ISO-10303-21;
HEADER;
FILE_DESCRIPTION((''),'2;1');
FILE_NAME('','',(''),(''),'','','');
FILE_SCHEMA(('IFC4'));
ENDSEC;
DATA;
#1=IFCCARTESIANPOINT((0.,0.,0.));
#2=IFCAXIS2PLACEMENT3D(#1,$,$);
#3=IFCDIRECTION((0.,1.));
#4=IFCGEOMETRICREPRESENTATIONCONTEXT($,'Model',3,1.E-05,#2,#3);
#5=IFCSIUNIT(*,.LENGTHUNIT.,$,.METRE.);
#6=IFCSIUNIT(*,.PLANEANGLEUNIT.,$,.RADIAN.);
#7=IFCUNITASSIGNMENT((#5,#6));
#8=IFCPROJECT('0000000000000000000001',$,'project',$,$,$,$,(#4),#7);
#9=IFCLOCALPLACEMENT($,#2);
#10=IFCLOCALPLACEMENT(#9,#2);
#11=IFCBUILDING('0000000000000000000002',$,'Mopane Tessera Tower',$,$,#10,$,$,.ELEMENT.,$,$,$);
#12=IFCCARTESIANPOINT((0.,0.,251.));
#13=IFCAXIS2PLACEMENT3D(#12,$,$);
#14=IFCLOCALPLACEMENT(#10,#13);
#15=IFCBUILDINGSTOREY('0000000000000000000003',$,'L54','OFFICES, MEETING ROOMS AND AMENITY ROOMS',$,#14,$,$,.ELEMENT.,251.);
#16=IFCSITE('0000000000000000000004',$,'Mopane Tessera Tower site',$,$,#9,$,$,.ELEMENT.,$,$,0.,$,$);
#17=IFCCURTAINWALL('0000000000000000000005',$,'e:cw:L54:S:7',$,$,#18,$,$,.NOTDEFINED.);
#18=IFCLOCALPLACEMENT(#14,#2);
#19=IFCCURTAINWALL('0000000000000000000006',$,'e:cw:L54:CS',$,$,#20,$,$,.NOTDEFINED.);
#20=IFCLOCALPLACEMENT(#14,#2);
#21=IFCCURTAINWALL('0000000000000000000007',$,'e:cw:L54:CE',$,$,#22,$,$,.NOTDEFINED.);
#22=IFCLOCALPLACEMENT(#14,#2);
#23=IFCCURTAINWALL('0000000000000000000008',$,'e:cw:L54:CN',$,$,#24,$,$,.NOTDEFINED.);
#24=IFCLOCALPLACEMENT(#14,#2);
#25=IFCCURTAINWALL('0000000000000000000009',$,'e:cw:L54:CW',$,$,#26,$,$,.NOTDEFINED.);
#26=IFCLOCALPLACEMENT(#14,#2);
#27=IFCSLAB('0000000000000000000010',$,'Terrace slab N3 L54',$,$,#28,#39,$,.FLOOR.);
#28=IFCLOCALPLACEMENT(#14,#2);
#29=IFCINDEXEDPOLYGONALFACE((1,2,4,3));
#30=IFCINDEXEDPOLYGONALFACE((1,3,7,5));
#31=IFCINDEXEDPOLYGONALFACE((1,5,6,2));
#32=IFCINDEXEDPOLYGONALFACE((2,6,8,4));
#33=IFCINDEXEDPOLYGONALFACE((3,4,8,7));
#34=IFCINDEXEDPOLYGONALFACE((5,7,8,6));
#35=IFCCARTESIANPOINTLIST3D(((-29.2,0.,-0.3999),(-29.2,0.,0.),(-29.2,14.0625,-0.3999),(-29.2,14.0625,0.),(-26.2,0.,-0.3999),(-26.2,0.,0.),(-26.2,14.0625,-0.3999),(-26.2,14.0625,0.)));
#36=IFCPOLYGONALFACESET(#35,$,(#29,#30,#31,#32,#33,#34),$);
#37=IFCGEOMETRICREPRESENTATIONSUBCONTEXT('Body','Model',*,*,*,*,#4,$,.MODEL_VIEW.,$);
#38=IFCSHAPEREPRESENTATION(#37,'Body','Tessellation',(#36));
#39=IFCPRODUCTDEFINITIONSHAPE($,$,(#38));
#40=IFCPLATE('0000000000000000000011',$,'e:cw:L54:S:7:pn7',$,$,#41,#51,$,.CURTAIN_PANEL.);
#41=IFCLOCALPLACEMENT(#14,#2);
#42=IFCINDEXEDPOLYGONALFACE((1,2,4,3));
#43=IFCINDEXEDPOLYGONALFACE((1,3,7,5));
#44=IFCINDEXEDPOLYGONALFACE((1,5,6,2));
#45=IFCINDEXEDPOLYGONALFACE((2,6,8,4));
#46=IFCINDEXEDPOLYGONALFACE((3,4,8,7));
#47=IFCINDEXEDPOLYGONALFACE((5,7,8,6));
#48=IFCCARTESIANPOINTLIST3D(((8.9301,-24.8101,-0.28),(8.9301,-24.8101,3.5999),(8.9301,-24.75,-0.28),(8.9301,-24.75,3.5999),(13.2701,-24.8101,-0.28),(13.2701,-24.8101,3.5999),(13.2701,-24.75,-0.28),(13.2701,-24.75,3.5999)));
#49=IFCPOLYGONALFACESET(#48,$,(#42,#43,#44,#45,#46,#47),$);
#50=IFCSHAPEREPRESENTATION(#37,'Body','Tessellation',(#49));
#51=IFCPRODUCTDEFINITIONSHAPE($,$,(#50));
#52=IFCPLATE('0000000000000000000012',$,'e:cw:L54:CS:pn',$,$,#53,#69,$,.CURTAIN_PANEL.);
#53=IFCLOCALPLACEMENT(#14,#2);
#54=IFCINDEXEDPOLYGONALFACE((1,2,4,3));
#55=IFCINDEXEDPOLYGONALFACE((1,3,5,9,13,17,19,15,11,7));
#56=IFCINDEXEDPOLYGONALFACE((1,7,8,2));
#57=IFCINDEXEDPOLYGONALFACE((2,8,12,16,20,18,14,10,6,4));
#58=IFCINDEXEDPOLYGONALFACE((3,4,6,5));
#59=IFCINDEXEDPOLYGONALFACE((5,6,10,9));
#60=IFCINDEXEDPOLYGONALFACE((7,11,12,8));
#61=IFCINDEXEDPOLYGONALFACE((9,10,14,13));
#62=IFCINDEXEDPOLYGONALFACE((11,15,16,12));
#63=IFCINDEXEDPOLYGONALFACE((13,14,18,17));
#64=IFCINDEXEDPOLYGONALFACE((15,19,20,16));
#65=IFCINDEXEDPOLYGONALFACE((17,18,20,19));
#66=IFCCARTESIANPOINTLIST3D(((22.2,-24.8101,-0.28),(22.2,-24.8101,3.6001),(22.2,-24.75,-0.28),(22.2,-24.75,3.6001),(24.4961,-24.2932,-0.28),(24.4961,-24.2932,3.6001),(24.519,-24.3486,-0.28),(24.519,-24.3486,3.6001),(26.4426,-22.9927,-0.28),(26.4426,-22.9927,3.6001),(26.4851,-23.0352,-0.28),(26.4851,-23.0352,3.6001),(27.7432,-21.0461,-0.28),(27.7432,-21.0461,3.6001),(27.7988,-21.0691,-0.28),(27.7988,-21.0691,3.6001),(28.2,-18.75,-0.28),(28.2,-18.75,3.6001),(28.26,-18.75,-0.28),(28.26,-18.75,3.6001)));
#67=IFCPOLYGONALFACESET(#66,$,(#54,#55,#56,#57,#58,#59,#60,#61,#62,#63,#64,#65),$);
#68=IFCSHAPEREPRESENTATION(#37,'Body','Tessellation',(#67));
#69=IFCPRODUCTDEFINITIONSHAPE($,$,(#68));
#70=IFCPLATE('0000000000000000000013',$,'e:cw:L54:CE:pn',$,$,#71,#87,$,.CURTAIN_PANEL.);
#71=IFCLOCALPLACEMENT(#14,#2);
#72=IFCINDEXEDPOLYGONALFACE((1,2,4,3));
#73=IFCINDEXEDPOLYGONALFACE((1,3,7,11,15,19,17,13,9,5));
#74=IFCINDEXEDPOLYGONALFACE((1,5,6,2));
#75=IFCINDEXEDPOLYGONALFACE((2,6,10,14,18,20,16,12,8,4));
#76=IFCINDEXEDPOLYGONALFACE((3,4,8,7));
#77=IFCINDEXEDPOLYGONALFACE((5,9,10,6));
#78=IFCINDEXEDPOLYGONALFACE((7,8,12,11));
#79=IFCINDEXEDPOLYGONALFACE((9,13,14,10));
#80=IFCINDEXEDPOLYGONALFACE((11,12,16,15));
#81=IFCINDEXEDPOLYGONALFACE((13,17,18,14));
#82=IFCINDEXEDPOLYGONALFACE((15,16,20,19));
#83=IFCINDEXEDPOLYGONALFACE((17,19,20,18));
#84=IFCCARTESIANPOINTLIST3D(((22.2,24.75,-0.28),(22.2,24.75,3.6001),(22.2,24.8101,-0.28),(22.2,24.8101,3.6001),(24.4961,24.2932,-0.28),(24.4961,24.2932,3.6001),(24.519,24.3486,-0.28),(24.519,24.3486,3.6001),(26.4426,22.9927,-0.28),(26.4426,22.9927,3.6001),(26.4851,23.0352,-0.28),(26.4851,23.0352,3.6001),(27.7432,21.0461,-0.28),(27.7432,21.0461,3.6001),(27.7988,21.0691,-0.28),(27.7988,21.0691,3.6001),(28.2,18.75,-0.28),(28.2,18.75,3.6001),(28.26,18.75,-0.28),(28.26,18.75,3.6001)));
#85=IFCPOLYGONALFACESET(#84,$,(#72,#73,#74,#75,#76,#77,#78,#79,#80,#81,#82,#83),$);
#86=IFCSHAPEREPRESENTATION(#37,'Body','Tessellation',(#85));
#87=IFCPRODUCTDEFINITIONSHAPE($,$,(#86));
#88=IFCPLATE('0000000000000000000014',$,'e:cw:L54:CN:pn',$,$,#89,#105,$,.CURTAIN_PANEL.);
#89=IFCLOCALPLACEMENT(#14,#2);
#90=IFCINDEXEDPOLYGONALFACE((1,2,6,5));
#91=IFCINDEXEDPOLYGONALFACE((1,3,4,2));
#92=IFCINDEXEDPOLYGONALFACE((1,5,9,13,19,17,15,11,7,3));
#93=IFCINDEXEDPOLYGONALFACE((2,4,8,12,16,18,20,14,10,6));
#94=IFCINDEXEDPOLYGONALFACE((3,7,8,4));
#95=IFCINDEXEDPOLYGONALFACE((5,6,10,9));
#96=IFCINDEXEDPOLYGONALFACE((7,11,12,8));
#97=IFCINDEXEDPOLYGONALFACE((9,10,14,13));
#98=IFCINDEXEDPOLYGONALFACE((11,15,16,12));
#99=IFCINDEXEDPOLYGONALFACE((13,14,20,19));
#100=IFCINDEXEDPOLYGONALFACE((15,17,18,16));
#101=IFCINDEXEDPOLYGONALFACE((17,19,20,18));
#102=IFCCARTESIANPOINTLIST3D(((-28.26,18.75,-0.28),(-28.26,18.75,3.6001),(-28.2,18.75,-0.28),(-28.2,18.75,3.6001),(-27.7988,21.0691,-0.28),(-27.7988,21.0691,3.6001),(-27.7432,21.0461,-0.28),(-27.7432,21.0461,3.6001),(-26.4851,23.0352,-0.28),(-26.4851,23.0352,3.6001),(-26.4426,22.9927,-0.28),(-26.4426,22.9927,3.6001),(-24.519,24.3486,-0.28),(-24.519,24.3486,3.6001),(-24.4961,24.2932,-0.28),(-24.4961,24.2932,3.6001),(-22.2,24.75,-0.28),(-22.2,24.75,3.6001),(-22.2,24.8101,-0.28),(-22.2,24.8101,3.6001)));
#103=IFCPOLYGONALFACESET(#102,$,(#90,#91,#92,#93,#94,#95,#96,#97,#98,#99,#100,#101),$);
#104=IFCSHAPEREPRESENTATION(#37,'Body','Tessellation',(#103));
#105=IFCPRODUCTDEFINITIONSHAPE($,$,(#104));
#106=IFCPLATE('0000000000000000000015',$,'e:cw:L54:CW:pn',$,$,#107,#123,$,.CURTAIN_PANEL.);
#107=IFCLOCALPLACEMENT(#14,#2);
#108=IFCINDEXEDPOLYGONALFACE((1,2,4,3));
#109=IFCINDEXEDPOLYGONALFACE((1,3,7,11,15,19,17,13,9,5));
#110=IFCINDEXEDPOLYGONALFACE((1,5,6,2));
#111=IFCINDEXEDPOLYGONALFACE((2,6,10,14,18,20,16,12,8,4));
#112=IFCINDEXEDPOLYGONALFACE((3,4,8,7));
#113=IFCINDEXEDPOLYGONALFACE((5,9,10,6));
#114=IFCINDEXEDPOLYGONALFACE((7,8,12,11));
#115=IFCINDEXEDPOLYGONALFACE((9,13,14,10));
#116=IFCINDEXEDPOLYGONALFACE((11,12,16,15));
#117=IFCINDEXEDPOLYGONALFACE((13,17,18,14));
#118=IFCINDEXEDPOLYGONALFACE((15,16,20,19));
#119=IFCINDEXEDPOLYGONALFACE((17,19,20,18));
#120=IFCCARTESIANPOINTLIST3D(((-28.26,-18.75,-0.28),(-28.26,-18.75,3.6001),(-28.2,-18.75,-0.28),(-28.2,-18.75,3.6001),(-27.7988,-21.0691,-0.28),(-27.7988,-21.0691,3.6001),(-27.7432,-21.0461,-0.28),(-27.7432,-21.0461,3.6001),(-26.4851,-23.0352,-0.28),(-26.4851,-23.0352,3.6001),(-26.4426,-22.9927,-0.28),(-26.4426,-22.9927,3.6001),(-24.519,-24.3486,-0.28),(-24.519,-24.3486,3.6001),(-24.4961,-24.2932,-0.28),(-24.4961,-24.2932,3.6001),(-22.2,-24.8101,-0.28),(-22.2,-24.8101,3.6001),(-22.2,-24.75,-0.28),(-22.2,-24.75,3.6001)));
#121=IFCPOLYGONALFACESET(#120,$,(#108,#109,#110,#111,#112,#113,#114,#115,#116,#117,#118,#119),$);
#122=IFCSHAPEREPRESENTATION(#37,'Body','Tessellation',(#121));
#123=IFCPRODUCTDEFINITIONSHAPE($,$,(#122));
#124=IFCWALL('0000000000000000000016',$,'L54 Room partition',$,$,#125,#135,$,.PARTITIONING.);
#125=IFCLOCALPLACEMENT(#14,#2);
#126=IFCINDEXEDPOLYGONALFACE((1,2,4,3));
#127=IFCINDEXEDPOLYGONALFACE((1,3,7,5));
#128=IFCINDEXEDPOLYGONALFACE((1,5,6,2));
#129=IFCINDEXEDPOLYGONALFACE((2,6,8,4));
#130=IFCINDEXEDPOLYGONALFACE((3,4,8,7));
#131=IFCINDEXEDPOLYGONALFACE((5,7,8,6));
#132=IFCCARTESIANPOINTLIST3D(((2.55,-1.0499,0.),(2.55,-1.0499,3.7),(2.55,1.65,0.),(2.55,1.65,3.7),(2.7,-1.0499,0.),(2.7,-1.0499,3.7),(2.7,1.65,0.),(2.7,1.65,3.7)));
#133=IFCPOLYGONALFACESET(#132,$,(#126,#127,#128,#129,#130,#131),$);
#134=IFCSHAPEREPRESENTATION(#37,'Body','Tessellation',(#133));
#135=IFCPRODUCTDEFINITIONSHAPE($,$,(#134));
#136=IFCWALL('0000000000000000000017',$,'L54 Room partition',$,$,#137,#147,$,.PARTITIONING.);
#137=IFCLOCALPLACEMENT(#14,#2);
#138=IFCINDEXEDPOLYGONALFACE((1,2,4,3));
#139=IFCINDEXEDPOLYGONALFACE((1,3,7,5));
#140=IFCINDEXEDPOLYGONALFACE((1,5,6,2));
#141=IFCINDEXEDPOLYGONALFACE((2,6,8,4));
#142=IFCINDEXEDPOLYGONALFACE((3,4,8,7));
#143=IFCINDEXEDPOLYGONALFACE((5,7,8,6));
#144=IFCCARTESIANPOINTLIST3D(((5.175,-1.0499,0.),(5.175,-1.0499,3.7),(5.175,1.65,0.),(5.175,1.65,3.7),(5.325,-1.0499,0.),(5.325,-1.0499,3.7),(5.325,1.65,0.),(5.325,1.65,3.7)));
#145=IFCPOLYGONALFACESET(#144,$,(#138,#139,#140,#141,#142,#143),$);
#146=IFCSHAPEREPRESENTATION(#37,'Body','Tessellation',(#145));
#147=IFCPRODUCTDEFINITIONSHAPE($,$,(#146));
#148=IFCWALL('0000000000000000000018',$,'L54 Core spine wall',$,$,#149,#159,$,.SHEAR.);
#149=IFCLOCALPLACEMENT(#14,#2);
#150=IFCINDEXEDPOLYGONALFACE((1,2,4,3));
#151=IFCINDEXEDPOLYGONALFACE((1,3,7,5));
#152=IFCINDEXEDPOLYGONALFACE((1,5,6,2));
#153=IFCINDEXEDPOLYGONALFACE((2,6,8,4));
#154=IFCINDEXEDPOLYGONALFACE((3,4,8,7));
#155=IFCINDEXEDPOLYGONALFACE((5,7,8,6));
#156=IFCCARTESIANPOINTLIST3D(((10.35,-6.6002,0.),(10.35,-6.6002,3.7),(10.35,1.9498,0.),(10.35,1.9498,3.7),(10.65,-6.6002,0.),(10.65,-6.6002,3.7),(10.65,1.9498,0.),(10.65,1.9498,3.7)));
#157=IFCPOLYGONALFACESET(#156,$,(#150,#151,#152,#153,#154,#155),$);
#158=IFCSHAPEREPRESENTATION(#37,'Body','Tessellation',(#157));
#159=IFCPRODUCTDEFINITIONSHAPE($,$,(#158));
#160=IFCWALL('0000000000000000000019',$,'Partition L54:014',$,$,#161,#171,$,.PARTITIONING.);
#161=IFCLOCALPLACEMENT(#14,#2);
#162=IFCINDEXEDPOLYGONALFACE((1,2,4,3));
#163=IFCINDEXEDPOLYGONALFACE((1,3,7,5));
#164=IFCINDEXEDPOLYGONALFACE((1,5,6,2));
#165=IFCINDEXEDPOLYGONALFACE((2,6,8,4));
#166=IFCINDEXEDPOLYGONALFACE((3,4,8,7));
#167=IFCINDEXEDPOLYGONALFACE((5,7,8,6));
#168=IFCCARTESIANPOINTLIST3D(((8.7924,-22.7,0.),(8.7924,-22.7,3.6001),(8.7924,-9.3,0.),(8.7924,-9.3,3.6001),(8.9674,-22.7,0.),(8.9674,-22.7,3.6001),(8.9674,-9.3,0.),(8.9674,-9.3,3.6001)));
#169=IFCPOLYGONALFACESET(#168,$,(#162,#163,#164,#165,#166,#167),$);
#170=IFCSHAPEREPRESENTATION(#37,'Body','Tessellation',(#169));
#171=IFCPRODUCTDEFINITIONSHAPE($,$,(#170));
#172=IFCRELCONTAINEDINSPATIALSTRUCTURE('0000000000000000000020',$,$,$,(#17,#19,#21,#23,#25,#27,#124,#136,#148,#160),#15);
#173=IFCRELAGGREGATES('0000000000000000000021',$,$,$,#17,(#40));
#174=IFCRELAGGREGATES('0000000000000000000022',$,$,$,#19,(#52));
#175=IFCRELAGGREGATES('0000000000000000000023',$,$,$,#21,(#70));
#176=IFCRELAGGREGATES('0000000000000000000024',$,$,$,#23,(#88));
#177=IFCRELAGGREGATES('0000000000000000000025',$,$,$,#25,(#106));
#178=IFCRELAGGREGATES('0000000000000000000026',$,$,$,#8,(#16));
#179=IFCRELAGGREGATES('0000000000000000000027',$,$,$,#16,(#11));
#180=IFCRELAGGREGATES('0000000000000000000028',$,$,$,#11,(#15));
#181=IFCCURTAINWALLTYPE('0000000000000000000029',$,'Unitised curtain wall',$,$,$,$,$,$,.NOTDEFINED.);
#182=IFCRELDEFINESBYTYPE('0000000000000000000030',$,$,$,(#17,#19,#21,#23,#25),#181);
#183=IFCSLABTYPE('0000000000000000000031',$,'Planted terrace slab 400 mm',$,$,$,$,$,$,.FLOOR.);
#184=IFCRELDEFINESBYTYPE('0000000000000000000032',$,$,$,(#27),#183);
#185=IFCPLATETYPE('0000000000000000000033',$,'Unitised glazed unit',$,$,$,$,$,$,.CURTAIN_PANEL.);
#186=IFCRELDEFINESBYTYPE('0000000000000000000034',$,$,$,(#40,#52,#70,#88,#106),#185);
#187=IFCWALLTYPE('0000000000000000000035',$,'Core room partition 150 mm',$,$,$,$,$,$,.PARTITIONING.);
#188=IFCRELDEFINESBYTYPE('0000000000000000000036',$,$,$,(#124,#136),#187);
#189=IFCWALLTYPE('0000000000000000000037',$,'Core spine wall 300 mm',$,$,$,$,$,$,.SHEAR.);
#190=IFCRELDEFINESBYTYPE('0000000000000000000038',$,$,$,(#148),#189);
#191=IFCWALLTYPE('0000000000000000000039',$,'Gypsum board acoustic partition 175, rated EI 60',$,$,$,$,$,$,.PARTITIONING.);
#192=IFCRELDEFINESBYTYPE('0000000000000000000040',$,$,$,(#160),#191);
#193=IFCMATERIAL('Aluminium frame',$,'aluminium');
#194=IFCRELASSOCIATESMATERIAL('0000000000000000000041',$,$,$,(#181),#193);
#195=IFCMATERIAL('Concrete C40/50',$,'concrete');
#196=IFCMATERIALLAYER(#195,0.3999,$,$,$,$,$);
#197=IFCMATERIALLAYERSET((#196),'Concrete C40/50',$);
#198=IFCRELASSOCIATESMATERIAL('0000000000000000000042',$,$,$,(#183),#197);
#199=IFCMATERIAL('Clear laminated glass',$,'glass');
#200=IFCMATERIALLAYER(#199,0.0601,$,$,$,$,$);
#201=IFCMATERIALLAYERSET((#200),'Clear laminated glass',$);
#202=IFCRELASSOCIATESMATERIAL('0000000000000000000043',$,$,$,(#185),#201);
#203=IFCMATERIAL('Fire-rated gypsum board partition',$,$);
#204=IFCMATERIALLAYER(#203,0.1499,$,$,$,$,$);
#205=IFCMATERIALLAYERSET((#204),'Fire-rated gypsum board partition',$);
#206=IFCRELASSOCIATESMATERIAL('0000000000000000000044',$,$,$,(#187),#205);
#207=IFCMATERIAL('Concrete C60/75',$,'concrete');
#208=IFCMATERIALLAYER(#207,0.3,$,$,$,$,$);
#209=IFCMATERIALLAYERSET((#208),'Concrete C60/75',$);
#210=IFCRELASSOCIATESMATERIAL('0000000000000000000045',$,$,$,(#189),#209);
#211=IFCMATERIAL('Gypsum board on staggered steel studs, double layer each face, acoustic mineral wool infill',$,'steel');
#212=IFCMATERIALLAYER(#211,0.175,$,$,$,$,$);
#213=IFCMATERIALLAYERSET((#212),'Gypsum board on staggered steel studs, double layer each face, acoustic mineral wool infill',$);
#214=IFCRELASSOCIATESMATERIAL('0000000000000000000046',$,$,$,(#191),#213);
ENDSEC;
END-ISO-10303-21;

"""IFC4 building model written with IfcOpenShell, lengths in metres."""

from ifc_helpers import new_model, si_unit, direction, frame, frame_2d, origin, origin_2d, place, context, subcontext, project, spatial, polyline, rectangle, outline, extrude, material, layer, layer_set, type_object, element, aggregate, save


model = new_model("IFC4")

# Units and contexts
model_context = context("Model", 3, precision=1e-05, world=origin(), true_north=direction((0.0, 1.0)))
body_context = subcontext(model_context, "Body", "Model", "MODEL_VIEW")
ifc_project = project(units=[si_unit("LENGTHUNIT", "METRE"), si_unit("PLANEANGLEUNIT", "RADIAN")], contexts=[model_context])

# Site, building, storey
site_placement = place(None, origin())
site = spatial("IfcSite", under=ifc_project, at=site_placement, Name="Mopane Tessera Tower site", CompositionType="ELEMENT", RefElevation=0.0)
building_placement = place(site_placement, origin())
building = spatial("IfcBuilding", under=site, at=building_placement, Name="Mopane Tessera Tower", CompositionType="ELEMENT")
storey_placement = place(building_placement, frame((0.0, 0.0, 251.0)))
storey = spatial("IfcBuildingStorey", under=building, at=storey_placement, Name="L54", Description="OFFICES, MEETING ROOMS AND AMENITY ROOMS", CompositionType="ELEMENT", Elevation=251.0)

# Curtain wall
ifc_material_1 = material(Name="Aluminium frame", Category="aluminium")
curtain_wall_type = type_object("IfcCurtainWallType", Name="Unitised curtain wall", PredefinedType="NOTDEFINED", material=ifc_material_1)
curtain_wall_1_placement = place(storey_placement, origin())
curtain_wall_1 = element("IfcCurtainWall", 1, at=curtain_wall_1_placement, inside=storey, type_object=curtain_wall_type, Name="e:cw:L54:S:7", PredefinedType="NOTDEFINED")

# Curtain walls
curtain_wall_2_placement = place(storey_placement, origin())
curtain_wall_2 = element("IfcCurtainWall", 2, at=curtain_wall_2_placement, inside=storey, type_object=curtain_wall_type, Name="e:cw:L54:CS", PredefinedType="NOTDEFINED")
curtain_wall_3_placement = place(storey_placement, origin())
curtain_wall_3 = element("IfcCurtainWall", 3, at=curtain_wall_3_placement, inside=storey, type_object=curtain_wall_type, Name="e:cw:L54:CE", PredefinedType="NOTDEFINED")
curtain_wall_4_placement = place(storey_placement, origin())
curtain_wall_4 = element("IfcCurtainWall", 4, at=curtain_wall_4_placement, inside=storey, type_object=curtain_wall_type, Name="e:cw:L54:CN", PredefinedType="NOTDEFINED")
curtain_wall_5_placement = place(storey_placement, origin())
curtain_wall_5 = element("IfcCurtainWall", 5, at=curtain_wall_5_placement, inside=storey, type_object=curtain_wall_type, Name="e:cw:L54:CW", PredefinedType="NOTDEFINED")

# Slab
ifc_material_2 = material(Name="Concrete C40/50", Category="concrete")
ifc_layer_1 = layer(ifc_material_2, 0.3999)
ifc_layer_set_1 = layer_set([ifc_layer_1], Name="Concrete C40/50")
slab_type = type_object("IfcSlabType", Name="Planted terrace slab 400 mm", PredefinedType="FLOOR", material=ifc_layer_set_1)
slab_placement = place(storey_placement, frame((0.0, 0.0, -0.3999)))
element("IfcSlab", 6, at=slab_placement, inside=storey, type_object=slab_type, Name="Terrace slab N3 L54", PredefinedType="FLOOR", context=body_context, shape_type="SweptSolid", body=[
    extrude(outline(polyline([(-29.2, 0.0), (-26.2, 0.0), (-26.2, 14.0625), (-29.2, 14.0625), (-29.2, 0.0)])), origin(), (0.0, 0.0, 1.0), 0.3999),
])

# Plates
ifc_material_3 = material(Name="Clear laminated glass", Category="glass")
ifc_layer_2 = layer(ifc_material_3, 0.0601)
ifc_layer_set_2 = layer_set([ifc_layer_2], Name="Clear laminated glass")
plate_type = type_object("IfcPlateType", Name="Unitised glazed unit", PredefinedType="CURTAIN_PANEL", material=ifc_layer_set_2)
plate_1_placement = place(storey_placement, frame((11.1001, -24.78, -0.28), z_axis=(0.0, 0.0, 1.0), x_axis=(1.0, 0.0, 0.0)))
plate_1 = element("IfcPlate", 7, at=plate_1_placement, type_object=plate_type, Name="e:cw:L54:S:7:pn7", PredefinedType="CURTAIN_PANEL", context=body_context, shape_type="SweptSolid", body=[
    extrude(rectangle(XDim=4.3401, YDim=0.0601, at=origin_2d()), origin(), (0.0, 0.0, 1.0), 3.8799),
])
aggregate(curtain_wall_1, [plate_1])
plate_2_placement = place(storey_placement, frame((0.0, 0.0, -0.28)))
plate_2 = element("IfcPlate", 8, at=plate_2_placement, type_object=plate_type, Name="e:cw:L54:CS:pn", PredefinedType="CURTAIN_PANEL", context=body_context, shape_type="SweptSolid", body=[
    extrude(outline(polyline([(22.2, -24.75), (24.4961, -24.2932), (26.4426, -22.9927), (27.7432, -21.0461), (28.2, -18.75), (28.26, -18.75), (27.7988, -21.0691), (26.4851, -23.0352), (24.519, -24.3486), (22.2, -24.8101), (22.2, -24.75)])), origin(), (0.0, 0.0, 1.0), 3.8801),
])
aggregate(curtain_wall_2, [plate_2])
plate_3_placement = place(storey_placement, frame((0.0, 0.0, -0.28)))
plate_3 = element("IfcPlate", 9, at=plate_3_placement, type_object=plate_type, Name="e:cw:L54:CE:pn", PredefinedType="CURTAIN_PANEL", context=body_context, shape_type="SweptSolid", body=[
    extrude(outline(polyline([(28.2, 18.75), (27.7432, 21.0461), (26.4426, 22.9927), (24.4961, 24.2932), (22.2, 24.75), (22.2, 24.8101), (24.519, 24.3486), (26.4851, 23.0352), (27.7988, 21.0691), (28.26, 18.75), (28.2, 18.75)])), origin(), (0.0, 0.0, 1.0), 3.8801),
])
aggregate(curtain_wall_3, [plate_3])
plate_4_placement = place(storey_placement, frame((0.0, 0.0, -0.28)))
plate_4 = element("IfcPlate", 10, at=plate_4_placement, type_object=plate_type, Name="e:cw:L54:CN:pn", PredefinedType="CURTAIN_PANEL", context=body_context, shape_type="SweptSolid", body=[
    extrude(outline(polyline([(-22.2, 24.75), (-24.4961, 24.2932), (-26.4426, 22.9927), (-27.7432, 21.0461), (-28.2, 18.75), (-28.26, 18.75), (-27.7988, 21.0691), (-26.4851, 23.0352), (-24.519, 24.3486), (-22.2, 24.8101), (-22.2, 24.75)])), origin(), (0.0, 0.0, 1.0), 3.8801),
])
aggregate(curtain_wall_4, [plate_4])
plate_5_placement = place(storey_placement, frame((0.0, 0.0, -0.28)))
plate_5 = element("IfcPlate", 11, at=plate_5_placement, type_object=plate_type, Name="e:cw:L54:CW:pn", PredefinedType="CURTAIN_PANEL", context=body_context, shape_type="SweptSolid", body=[
    extrude(outline(polyline([(-28.2, -18.75), (-27.7432, -21.0461), (-26.4426, -22.9927), (-24.4961, -24.2932), (-22.2, -24.75), (-22.2, -24.8101), (-24.519, -24.3486), (-26.4851, -23.0352), (-27.7988, -21.0691), (-28.26, -18.75), (-28.2, -18.75)])), origin(), (0.0, 0.0, 1.0), 3.8801),
])
aggregate(curtain_wall_5, [plate_5])

# Walls
ifc_material_4 = material(Name="Fire-rated gypsum board partition")
ifc_layer_3 = layer(ifc_material_4, 0.1499)
ifc_layer_set_3 = layer_set([ifc_layer_3], Name="Fire-rated gypsum board partition")
wall_type_1 = type_object("IfcWallType", Name="Core room partition 150 mm", PredefinedType="PARTITIONING", material=ifc_layer_set_3)
for number, where, z_axis, x_axis, name in (
    (12, (2.625, -1.05, 0.0), (0.0, 0.0, 1.0), (0.0, 1.0, 0.0), "L54 Room partition"),
    (13, (5.25, -1.05, 0.0), (0.0, 0.0, 1.0), (0.0, 1.0, 0.0), "L54 Room partition"),
):
    element("IfcWall", number, at=place(storey_placement, frame(where, z_axis=z_axis, x_axis=x_axis)), inside=storey, type_object=wall_type_1, Name=name, PredefinedType="PARTITIONING", context=body_context, shape_type="SweptSolid", body=[
        extrude(rectangle(XDim=2.7, YDim=0.1499, at=frame_2d((1.3501, 0.0))), origin(), (0.0, 0.0, 1.0), 3.7),
    ])
ifc_material_5 = material(Name="Concrete C60/75", Category="concrete")
ifc_layer_4 = layer(ifc_material_5, 0.3)
ifc_layer_set_4 = layer_set([ifc_layer_4], Name="Concrete C60/75")
wall_type_2 = type_object("IfcWallType", Name="Core spine wall 300 mm", PredefinedType="SHEAR", material=ifc_layer_set_4)
wall_1_placement = place(storey_placement, frame((10.5, -6.6001, 0.0), z_axis=(0.0, 0.0, 1.0), x_axis=(0.0, 1.0, 0.0)))
element("IfcWall", 14, at=wall_1_placement, inside=storey, type_object=wall_type_2, Name="L54 Core spine wall", PredefinedType="SHEAR", context=body_context, shape_type="SweptSolid", body=[
    extrude(rectangle(XDim=8.55, YDim=0.3, at=frame_2d((4.2749, 0.0))), origin(), (0.0, 0.0, 1.0), 3.7),
])
ifc_material_6 = material(Name="Gypsum board on staggered steel studs, double layer each face, acoustic mineral wool infill", Category="steel")
ifc_layer_5 = layer(ifc_material_6, 0.175)
ifc_layer_set_5 = layer_set([ifc_layer_5], Name="Gypsum board on staggered steel studs, double layer each face, acoustic mineral wool infill")
wall_type_3 = type_object("IfcWallType", Name="Gypsum board acoustic partition 175, rated EI 60", PredefinedType="PARTITIONING", material=ifc_layer_set_5)
wall_2_placement = place(storey_placement, frame((8.8799, -22.7, 0.0), z_axis=(0.0, 0.0, 1.0), x_axis=(0.0, 1.0, 0.0)))
element("IfcWall", 15, at=wall_2_placement, inside=storey, type_object=wall_type_3, Name="Partition L54:014", PredefinedType="PARTITIONING", context=body_context, shape_type="SweptSolid", body=[
    extrude(rectangle(XDim=13.3999, YDim=0.175, at=frame_2d((6.7, 0.0))), origin(), (0.0, 0.0, 1.0), 3.6001),
])

save(model, "model.ifc")
